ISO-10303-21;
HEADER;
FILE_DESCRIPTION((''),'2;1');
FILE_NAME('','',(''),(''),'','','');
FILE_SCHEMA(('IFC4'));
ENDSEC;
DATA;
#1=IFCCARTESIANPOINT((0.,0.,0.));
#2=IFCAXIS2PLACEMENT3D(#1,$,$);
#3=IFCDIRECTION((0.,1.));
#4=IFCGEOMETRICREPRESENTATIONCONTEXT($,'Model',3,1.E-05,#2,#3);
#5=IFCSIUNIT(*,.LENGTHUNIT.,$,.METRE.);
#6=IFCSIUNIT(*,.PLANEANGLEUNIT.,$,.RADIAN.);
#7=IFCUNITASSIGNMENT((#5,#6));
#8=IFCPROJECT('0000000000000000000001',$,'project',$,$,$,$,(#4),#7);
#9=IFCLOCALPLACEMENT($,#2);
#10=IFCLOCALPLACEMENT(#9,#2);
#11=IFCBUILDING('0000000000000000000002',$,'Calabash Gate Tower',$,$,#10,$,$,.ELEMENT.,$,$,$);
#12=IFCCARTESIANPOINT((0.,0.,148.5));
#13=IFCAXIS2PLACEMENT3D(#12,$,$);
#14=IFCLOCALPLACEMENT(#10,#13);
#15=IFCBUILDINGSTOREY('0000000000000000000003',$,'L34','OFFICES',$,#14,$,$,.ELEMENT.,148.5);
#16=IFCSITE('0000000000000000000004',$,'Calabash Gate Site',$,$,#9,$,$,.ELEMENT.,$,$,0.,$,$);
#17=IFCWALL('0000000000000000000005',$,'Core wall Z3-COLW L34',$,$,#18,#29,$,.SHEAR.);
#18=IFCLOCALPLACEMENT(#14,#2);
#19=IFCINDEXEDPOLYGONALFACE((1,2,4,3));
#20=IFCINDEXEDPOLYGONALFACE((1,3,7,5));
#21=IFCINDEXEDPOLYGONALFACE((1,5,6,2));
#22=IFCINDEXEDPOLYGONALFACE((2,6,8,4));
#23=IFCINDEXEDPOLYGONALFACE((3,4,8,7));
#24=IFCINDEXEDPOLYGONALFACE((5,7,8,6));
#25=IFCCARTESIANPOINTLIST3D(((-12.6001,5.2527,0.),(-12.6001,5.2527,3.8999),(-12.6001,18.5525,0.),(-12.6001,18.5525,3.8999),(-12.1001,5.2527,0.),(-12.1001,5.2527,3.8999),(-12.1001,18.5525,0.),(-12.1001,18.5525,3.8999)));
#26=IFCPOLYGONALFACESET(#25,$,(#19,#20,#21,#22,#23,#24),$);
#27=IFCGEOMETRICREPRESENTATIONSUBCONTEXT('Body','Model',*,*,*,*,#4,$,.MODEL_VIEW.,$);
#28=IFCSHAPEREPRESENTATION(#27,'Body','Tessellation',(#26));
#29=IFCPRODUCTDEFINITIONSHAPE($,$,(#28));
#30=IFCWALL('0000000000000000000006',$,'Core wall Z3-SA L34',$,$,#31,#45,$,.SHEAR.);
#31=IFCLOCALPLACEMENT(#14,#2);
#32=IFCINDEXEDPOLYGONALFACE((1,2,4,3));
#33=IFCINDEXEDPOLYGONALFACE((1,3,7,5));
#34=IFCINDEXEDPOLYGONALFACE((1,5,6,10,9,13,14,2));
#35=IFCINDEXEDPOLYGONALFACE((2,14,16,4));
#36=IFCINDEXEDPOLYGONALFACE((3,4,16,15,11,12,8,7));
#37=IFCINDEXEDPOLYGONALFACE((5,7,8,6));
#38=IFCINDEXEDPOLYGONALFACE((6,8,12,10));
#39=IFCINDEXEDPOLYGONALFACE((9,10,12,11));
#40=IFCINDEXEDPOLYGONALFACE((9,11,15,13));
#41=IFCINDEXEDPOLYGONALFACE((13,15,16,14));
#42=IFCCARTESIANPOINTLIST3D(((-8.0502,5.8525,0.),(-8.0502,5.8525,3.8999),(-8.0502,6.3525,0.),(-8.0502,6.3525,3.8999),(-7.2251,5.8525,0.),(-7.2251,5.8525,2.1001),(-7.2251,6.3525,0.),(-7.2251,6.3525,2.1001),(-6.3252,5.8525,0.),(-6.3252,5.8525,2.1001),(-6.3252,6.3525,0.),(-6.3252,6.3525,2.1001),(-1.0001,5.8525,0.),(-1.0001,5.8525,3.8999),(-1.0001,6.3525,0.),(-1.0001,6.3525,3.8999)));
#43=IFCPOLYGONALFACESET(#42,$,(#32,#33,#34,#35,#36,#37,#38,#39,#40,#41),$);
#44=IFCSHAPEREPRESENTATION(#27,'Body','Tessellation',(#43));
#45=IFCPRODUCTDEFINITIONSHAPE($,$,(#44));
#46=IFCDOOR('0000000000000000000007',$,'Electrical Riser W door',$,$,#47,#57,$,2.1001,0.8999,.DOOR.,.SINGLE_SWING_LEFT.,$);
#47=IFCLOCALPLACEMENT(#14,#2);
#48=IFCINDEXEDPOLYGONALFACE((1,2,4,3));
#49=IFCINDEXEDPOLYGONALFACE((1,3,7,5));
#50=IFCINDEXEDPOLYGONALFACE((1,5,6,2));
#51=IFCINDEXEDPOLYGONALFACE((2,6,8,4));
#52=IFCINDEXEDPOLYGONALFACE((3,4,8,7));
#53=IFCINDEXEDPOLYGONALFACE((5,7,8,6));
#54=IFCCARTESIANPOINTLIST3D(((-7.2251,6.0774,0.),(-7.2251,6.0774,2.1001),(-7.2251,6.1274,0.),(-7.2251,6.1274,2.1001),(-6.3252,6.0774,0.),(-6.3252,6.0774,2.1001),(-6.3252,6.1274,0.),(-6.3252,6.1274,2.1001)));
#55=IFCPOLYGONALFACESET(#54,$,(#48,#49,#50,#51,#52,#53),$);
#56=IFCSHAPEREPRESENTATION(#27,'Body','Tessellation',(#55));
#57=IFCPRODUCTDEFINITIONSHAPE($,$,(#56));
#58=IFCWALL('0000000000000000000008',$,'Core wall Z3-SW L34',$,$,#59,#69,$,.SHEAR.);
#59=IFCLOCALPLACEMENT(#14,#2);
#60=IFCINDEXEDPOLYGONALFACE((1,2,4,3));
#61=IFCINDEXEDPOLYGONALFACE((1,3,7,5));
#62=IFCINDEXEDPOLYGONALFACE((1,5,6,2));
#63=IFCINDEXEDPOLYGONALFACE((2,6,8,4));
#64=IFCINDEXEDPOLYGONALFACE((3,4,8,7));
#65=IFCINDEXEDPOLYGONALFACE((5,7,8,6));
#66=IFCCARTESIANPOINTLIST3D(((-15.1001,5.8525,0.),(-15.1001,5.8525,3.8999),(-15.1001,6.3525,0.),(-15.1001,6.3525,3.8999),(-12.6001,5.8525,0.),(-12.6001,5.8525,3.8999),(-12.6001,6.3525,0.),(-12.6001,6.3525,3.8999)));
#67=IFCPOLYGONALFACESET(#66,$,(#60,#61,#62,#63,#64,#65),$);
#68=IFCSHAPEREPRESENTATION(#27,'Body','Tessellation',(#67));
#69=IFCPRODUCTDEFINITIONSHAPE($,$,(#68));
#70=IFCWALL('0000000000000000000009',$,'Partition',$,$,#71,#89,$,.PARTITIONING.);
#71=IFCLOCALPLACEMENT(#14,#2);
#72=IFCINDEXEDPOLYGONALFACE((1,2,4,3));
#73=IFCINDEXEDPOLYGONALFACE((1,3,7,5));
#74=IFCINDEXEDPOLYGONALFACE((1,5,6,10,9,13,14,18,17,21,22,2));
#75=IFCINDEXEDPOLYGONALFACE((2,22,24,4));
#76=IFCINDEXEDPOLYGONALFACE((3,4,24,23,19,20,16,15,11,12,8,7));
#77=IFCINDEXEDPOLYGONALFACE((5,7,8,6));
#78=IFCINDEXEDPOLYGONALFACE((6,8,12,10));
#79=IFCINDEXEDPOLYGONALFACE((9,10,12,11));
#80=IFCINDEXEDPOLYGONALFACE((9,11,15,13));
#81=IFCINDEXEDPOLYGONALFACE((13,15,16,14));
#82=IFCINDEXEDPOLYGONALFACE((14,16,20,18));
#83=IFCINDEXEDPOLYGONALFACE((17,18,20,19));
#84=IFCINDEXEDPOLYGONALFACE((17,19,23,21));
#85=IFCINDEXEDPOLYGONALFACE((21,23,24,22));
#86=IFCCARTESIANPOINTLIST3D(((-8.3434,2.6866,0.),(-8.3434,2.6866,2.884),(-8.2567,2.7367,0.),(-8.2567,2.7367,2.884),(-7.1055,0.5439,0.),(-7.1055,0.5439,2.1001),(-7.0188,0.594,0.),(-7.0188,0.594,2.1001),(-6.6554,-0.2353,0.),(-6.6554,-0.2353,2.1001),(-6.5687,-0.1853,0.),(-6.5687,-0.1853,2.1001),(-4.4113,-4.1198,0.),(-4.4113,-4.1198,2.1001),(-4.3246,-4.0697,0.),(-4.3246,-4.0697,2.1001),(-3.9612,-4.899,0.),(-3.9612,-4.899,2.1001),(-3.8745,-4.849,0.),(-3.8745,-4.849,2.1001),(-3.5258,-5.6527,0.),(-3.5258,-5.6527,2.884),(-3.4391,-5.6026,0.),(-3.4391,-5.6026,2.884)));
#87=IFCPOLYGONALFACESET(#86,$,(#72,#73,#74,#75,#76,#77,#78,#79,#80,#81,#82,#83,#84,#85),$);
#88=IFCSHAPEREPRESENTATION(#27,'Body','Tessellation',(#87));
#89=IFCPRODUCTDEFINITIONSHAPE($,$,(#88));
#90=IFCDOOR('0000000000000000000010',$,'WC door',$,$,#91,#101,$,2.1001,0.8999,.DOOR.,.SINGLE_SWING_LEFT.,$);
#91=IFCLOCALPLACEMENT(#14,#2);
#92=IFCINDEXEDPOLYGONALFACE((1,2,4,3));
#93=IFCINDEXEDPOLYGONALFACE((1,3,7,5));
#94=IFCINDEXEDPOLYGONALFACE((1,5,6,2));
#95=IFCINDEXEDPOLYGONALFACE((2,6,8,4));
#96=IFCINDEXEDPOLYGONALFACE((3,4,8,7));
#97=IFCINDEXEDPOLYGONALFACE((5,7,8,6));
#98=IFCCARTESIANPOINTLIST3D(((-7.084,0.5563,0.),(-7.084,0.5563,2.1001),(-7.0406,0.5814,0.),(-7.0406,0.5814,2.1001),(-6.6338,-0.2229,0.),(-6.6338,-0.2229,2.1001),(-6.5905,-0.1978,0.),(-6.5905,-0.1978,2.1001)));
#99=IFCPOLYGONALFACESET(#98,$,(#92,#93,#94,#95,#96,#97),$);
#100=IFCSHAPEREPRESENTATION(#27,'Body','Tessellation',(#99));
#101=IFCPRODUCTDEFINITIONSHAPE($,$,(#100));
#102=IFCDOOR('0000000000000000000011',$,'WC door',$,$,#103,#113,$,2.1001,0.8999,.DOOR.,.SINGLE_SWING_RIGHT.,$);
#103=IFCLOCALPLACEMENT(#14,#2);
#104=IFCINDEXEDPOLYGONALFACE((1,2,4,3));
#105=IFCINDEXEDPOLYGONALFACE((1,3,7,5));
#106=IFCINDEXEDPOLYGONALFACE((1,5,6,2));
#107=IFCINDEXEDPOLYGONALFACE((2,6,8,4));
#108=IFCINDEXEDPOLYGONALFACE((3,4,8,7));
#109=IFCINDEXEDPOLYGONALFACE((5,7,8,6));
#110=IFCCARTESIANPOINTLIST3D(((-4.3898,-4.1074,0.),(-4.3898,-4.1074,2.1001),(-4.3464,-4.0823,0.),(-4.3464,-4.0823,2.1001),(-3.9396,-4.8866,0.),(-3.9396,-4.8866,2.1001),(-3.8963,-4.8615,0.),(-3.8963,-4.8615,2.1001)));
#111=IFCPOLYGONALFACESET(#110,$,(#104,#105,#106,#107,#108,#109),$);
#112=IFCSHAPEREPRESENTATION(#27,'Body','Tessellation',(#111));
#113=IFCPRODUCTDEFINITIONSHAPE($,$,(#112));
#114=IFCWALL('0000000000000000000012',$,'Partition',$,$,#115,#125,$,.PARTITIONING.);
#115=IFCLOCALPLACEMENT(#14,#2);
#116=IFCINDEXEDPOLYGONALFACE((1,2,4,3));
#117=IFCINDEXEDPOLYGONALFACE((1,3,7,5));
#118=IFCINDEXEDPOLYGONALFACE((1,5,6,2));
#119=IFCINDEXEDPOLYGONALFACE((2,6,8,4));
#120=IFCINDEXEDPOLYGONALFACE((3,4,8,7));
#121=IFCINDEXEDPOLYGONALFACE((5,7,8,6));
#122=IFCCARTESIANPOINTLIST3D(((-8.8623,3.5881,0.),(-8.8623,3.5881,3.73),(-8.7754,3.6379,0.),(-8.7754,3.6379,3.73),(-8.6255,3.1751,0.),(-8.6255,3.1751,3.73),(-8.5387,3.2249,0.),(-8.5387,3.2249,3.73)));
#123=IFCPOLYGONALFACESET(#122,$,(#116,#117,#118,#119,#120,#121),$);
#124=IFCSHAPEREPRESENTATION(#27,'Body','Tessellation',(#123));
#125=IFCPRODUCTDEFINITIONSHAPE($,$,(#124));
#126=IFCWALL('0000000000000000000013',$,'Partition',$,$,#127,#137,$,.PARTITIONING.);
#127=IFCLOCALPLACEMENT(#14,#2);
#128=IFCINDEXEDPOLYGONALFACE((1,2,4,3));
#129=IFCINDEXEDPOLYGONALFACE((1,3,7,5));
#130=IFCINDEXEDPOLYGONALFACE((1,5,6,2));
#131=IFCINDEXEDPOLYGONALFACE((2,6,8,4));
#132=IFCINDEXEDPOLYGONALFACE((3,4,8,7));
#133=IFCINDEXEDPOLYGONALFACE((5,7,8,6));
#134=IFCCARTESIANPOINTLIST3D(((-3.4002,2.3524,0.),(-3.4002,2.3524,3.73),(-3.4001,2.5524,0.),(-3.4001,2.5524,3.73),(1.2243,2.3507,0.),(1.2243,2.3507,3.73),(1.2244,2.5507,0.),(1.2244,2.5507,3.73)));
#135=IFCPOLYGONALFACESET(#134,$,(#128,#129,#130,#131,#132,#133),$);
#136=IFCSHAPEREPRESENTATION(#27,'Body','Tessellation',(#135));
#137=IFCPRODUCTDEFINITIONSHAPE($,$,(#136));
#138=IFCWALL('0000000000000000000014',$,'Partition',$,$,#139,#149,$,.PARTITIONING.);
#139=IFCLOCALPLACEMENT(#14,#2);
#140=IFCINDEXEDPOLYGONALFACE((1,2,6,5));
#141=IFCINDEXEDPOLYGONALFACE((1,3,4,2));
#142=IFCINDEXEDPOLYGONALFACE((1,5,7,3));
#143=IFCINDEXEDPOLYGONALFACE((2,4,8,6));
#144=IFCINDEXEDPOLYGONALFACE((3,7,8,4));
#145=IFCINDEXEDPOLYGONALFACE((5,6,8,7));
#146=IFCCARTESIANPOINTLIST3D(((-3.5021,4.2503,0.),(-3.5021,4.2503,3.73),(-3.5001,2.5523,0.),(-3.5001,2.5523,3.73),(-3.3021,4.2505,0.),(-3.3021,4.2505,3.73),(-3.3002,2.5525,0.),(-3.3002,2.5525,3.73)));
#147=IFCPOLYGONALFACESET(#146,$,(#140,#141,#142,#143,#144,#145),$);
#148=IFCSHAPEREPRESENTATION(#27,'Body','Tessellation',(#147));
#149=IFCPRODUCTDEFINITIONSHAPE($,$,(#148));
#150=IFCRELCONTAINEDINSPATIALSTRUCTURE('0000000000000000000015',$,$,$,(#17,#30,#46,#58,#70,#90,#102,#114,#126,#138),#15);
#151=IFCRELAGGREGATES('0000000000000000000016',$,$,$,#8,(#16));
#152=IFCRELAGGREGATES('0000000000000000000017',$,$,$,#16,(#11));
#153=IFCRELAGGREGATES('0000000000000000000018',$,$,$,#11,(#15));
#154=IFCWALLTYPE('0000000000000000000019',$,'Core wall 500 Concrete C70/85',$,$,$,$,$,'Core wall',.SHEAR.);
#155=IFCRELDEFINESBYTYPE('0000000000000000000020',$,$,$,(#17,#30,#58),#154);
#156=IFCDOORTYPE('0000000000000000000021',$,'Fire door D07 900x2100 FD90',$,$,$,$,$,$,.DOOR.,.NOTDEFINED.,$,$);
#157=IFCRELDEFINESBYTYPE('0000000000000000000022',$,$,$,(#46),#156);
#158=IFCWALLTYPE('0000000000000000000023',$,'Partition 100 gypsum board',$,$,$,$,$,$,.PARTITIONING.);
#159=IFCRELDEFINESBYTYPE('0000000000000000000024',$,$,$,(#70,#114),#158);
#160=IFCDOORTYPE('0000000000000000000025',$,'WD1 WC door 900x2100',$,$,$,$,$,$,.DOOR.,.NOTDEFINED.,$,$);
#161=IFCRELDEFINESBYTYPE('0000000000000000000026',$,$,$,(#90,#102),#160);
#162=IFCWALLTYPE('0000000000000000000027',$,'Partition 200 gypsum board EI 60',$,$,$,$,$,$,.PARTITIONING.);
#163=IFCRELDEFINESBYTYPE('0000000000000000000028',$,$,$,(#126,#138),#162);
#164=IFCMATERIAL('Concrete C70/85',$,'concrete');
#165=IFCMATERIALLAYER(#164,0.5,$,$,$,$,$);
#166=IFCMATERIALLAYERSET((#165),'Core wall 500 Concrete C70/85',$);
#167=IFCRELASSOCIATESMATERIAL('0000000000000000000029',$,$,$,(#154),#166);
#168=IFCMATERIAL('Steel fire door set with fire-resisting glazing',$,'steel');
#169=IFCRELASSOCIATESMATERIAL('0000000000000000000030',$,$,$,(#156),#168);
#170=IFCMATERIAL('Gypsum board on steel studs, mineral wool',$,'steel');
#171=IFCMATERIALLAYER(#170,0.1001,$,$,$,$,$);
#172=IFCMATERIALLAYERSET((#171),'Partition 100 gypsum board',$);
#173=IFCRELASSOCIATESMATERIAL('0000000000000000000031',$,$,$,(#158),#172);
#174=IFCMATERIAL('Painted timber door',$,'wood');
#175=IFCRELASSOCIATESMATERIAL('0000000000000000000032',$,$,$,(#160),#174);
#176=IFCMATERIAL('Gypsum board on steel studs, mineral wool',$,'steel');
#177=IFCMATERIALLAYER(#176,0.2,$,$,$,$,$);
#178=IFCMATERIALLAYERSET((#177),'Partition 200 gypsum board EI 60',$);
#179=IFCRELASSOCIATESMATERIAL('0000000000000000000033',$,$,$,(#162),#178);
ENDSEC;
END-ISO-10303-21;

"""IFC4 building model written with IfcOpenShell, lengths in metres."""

from ifc_helpers import new_model, si_unit, direction, frame, frame_2d, origin, place, context, subcontext, project, spatial, rectangle, extrude, material, layer, layer_set, type_object, element, fill, save


model = new_model("IFC4")

# Units and contexts
model_context = context("Model", 3, precision=1e-05, world=origin(), true_north=direction((0.0, 1.0)))
body_context = subcontext(model_context, "Body", "Model", "MODEL_VIEW")
ifc_project = project(units=[si_unit("LENGTHUNIT", "METRE"), si_unit("PLANEANGLEUNIT", "RADIAN")], contexts=[model_context])

# Site, building, storey
site_placement = place(None, origin())
site = spatial("IfcSite", under=ifc_project, at=site_placement, Name="Calabash Gate Site", CompositionType="ELEMENT", RefElevation=0.0)
building_placement = place(site_placement, origin())
building = spatial("IfcBuilding", under=site, at=building_placement, Name="Calabash Gate Tower", CompositionType="ELEMENT")
storey_placement = place(building_placement, frame((0.0, 0.0, 148.5)))
storey = spatial("IfcBuildingStorey", under=building, at=storey_placement, Name="L34", Description="OFFICES", CompositionType="ELEMENT", Elevation=148.5)

# Wall
ifc_material_1 = material(Name="Concrete C70/85", Category="concrete")
ifc_layer_1 = layer(ifc_material_1, 0.5)
ifc_layer_set_1 = layer_set([ifc_layer_1], Name="Core wall 500 Concrete C70/85")
wall_type_1 = type_object("IfcWallType", Name="Core wall 500 Concrete C70/85", ElementType="Core wall", PredefinedType="SHEAR", material=ifc_layer_set_1)
wall_1_placement = place(storey_placement, frame((-12.3501, 5.2527, 0.0), z_axis=(0.0, 0.0, 1.0), x_axis=(0.0, 1.0, 0.0)))
element("IfcWall", 1, at=wall_1_placement, inside=storey, type_object=wall_type_1, Name="Core wall Z3-COLW L34", PredefinedType="SHEAR", context=body_context, shape_type="SweptSolid", body=[
    extrude(rectangle(XDim=13.2998, YDim=0.5, at=frame_2d((6.6499, 0.0))), origin(), (0.0, 0.0, 1.0), 3.8999),
])

# Wall, opening, door
wall_2_placement = place(storey_placement, frame((-8.05, 6.1025, 0.0), z_axis=(0.0, 0.0, 1.0), x_axis=(1.0, 0.0, 0.0)))
wall_2 = element("IfcWall", 2, at=wall_2_placement, inside=storey, type_object=wall_type_1, Name="Core wall Z3-SA L34", PredefinedType="SHEAR", context=body_context, shape_type="SweptSolid", body=[
    extrude(rectangle(XDim=7.05, YDim=0.5, at=frame_2d((3.5249, 0.0))), origin(), (0.0, 0.0, 1.0), 3.8999),
])
opening_1_placement = place(wall_2_placement, frame((0.825, 0.0, 0.0)))
opening_1 = element("IfcOpeningElement", 3, at=opening_1_placement, cuts=wall_2, PredefinedType="OPENING", context=body_context, shape_type="SweptSolid", body=[
    extrude(rectangle(XDim=0.8999, YDim=2.1001, at=frame_2d((0.45, 1.05))), frame((0.0, 0.26, 0.0), z_axis=(0.0, -1.0, 0.0), x_axis=(1.0, 0.0, 0.0)), (0.0, 0.0, 1.0), 0.52),
])
ifc_material_2 = material(Name="Steel fire door set with fire-resisting glazing", Category="steel")
door_type_1 = type_object("IfcDoorType", Name="Fire door D07 900x2100 FD90", OperationType="NOTDEFINED", PredefinedType="DOOR", material=ifc_material_2)
door_1_placement = place(opening_1_placement, origin())
door_1 = element("IfcDoor", 4, at=door_1_placement, inside=storey, type_object=door_type_1, Name="Electrical Riser W door", OperationType="SINGLE_SWING_LEFT", OverallHeight=2.1001, OverallWidth=0.8999, PredefinedType="DOOR", context=body_context, shape_type="SweptSolid", body=[
    extrude(rectangle(XDim=0.8999, YDim=2.1001, at=frame_2d((0.45, 1.05))), frame((0.0, 0.0249, 0.0), z_axis=(0.0, -1.0, 0.0), x_axis=(1.0, 0.0, 0.0)), (0.0, 0.0, 1.0), 0.05),
])
fill(opening_1, door_1)

# Wall
wall_3_placement = place(storey_placement, frame((-12.6001, 6.1025, 0.0), z_axis=(0.0, 0.0, 1.0), x_axis=(-1.0, 0.0, 0.0)))
element("IfcWall", 5, at=wall_3_placement, inside=storey, type_object=wall_type_1, Name="Core wall Z3-SW L34", PredefinedType="SHEAR", context=body_context, shape_type="SweptSolid", body=[
    extrude(rectangle(XDim=2.5, YDim=0.5, at=frame_2d((1.25, 0.0))), origin(), (0.0, 0.0, 1.0), 3.8999),
])

# Wall, openings, doors
ifc_material_3 = material(Name="Gypsum board on steel studs, mineral wool", Category="steel")
ifc_layer_2 = layer(ifc_material_3, 0.1001)
ifc_layer_set_2 = layer_set([ifc_layer_2], Name="Partition 100 gypsum board")
wall_type_2 = type_object("IfcWallType", Name="Partition 100 gypsum board", PredefinedType="PARTITIONING", material=ifc_layer_set_2)
wall_4_placement = place(storey_placement, frame((-8.3, 2.7117, 0.0), z_axis=(0.0, 0.0, 1.0), x_axis=(0.500226, -0.865895, 0.0)))
wall_4 = element("IfcWall", 6, at=wall_4_placement, inside=storey, type_object=wall_type_2, Name="Partition", PredefinedType="PARTITIONING", context=body_context, shape_type="SweptSolid", body=[
    extrude(rectangle(XDim=9.6309, YDim=0.1001, at=frame_2d((4.8154, 0.0))), origin(), (0.0, 0.0, 1.0), 2.884),
])
opening_2_placement = place(wall_4_placement, frame((2.4746, 0.0, 0.0)))
opening_2 = element("IfcOpeningElement", 7, at=opening_2_placement, cuts=wall_4, PredefinedType="OPENING", context=body_context, shape_type="SweptSolid", body=[
    extrude(rectangle(XDim=0.8999, YDim=2.1001, at=frame_2d((0.45, 1.05))), frame((0.0, 0.0601, 0.0), z_axis=(0.0, -1.0, 0.0), x_axis=(1.0, 0.0, 0.0)), (0.0, 0.0, 1.0), 0.1201),
])
opening_3_placement = place(wall_4_placement, frame((7.8606, 0.0, 0.0)))
opening_3 = element("IfcOpeningElement", 8, at=opening_3_placement, cuts=wall_4, PredefinedType="OPENING", context=body_context, shape_type="SweptSolid", body=[
    extrude(rectangle(XDim=0.8999, YDim=2.1001, at=frame_2d((0.45, 1.05))), frame((0.0, 0.0601, 0.0), z_axis=(0.0, -1.0, 0.0), x_axis=(1.0, 0.0, 0.0)), (0.0, 0.0, 1.0), 0.1201),
])
ifc_material_4 = material(Name="Painted timber door", Category="wood")
door_type_2 = type_object("IfcDoorType", Name="WD1 WC door 900x2100", OperationType="NOTDEFINED", PredefinedType="DOOR", material=ifc_material_4)
door_2_placement = place(opening_2_placement, origin())
door_2 = element("IfcDoor", 9, at=door_2_placement, inside=storey, type_object=door_type_2, Name="WC door", OperationType="SINGLE_SWING_LEFT", OverallHeight=2.1001, OverallWidth=0.8999, PredefinedType="DOOR", context=body_context, shape_type="SweptSolid", body=[
    extrude(rectangle(XDim=0.8999, YDim=2.1001, at=frame_2d((0.45, 1.05))), frame((0.0, 0.0249, 0.0), z_axis=(0.0, -1.0, 0.0), x_axis=(1.0, 0.0, 0.0)), (0.0, 0.0, 1.0), 0.05),
])
fill(opening_2, door_2)
door_3_placement = place(opening_3_placement, origin())
door_3 = element("IfcDoor", 10, at=door_3_placement, inside=storey, type_object=door_type_2, Name="WC door", OperationType="SINGLE_SWING_RIGHT", OverallHeight=2.1001, OverallWidth=0.8999, PredefinedType="DOOR", context=body_context, shape_type="SweptSolid", body=[
    extrude(rectangle(XDim=0.8999, YDim=2.1001, at=frame_2d((0.45, 1.05))), frame((0.0, 0.0249, 0.0), z_axis=(0.0, -1.0, 0.0), x_axis=(1.0, 0.0, 0.0)), (0.0, 0.0, 1.0), 0.05),
])
fill(opening_3, door_3)

# Wall
wall_5_placement = place(storey_placement, frame((-8.8188, 3.613, 0.0), z_axis=(0.0, 0.0, 1.0), x_axis=(0.497353, -0.867548, 0.0)))
element("IfcWall", 11, at=wall_5_placement, inside=storey, type_object=wall_type_2, Name="Partition", PredefinedType="PARTITIONING", context=body_context, shape_type="SweptSolid", body=[
    extrude(rectangle(XDim=0.4761, YDim=0.1001, at=frame_2d((0.238, 0.0))), origin(), (0.0, 0.0, 1.0), 3.73),
])

# Shared definitions
ifc_material_5 = material(Name="Gypsum board on steel studs, mineral wool", Category="steel")
ifc_layer_3 = layer(ifc_material_5, 0.2)
ifc_layer_set_3 = layer_set([ifc_layer_3], Name="Partition 200 gypsum board EI 60")
wall_type_3 = type_object("IfcWallType", Name="Partition 200 gypsum board EI 60", PredefinedType="PARTITIONING", material=ifc_layer_set_3)

# Walls
wall_6_placement = place(storey_placement, frame((-3.4001, 2.4524, 0.0), z_axis=(0.0, 0.0, 1.0), x_axis=(1.0, -0.00037, 0.0)))
element("IfcWall", 12, at=wall_6_placement, inside=storey, type_object=wall_type_3, Name="Partition", PredefinedType="PARTITIONING", context=body_context, shape_type="SweptSolid", body=[
    extrude(rectangle(XDim=4.6245, YDim=0.2, at=frame_2d((2.3123, 0.0))), origin(), (0.0, 0.0, 1.0), 3.73),
])
wall_7_placement = place(storey_placement, frame((-3.4021, 4.2505, 0.0), z_axis=(0.0, 0.0, 1.0), x_axis=(0.00115, -0.999999, 0.0)))
element("IfcWall", 13, at=wall_7_placement, inside=storey, type_object=wall_type_3, Name="Partition", PredefinedType="PARTITIONING", context=body_context, shape_type="SweptSolid", body=[
    extrude(rectangle(XDim=1.698, YDim=0.2, at=frame_2d((0.8491, 0.0))), origin(), (0.0, 0.0, 1.0), 3.73),
])

save(model, "model.ifc")
